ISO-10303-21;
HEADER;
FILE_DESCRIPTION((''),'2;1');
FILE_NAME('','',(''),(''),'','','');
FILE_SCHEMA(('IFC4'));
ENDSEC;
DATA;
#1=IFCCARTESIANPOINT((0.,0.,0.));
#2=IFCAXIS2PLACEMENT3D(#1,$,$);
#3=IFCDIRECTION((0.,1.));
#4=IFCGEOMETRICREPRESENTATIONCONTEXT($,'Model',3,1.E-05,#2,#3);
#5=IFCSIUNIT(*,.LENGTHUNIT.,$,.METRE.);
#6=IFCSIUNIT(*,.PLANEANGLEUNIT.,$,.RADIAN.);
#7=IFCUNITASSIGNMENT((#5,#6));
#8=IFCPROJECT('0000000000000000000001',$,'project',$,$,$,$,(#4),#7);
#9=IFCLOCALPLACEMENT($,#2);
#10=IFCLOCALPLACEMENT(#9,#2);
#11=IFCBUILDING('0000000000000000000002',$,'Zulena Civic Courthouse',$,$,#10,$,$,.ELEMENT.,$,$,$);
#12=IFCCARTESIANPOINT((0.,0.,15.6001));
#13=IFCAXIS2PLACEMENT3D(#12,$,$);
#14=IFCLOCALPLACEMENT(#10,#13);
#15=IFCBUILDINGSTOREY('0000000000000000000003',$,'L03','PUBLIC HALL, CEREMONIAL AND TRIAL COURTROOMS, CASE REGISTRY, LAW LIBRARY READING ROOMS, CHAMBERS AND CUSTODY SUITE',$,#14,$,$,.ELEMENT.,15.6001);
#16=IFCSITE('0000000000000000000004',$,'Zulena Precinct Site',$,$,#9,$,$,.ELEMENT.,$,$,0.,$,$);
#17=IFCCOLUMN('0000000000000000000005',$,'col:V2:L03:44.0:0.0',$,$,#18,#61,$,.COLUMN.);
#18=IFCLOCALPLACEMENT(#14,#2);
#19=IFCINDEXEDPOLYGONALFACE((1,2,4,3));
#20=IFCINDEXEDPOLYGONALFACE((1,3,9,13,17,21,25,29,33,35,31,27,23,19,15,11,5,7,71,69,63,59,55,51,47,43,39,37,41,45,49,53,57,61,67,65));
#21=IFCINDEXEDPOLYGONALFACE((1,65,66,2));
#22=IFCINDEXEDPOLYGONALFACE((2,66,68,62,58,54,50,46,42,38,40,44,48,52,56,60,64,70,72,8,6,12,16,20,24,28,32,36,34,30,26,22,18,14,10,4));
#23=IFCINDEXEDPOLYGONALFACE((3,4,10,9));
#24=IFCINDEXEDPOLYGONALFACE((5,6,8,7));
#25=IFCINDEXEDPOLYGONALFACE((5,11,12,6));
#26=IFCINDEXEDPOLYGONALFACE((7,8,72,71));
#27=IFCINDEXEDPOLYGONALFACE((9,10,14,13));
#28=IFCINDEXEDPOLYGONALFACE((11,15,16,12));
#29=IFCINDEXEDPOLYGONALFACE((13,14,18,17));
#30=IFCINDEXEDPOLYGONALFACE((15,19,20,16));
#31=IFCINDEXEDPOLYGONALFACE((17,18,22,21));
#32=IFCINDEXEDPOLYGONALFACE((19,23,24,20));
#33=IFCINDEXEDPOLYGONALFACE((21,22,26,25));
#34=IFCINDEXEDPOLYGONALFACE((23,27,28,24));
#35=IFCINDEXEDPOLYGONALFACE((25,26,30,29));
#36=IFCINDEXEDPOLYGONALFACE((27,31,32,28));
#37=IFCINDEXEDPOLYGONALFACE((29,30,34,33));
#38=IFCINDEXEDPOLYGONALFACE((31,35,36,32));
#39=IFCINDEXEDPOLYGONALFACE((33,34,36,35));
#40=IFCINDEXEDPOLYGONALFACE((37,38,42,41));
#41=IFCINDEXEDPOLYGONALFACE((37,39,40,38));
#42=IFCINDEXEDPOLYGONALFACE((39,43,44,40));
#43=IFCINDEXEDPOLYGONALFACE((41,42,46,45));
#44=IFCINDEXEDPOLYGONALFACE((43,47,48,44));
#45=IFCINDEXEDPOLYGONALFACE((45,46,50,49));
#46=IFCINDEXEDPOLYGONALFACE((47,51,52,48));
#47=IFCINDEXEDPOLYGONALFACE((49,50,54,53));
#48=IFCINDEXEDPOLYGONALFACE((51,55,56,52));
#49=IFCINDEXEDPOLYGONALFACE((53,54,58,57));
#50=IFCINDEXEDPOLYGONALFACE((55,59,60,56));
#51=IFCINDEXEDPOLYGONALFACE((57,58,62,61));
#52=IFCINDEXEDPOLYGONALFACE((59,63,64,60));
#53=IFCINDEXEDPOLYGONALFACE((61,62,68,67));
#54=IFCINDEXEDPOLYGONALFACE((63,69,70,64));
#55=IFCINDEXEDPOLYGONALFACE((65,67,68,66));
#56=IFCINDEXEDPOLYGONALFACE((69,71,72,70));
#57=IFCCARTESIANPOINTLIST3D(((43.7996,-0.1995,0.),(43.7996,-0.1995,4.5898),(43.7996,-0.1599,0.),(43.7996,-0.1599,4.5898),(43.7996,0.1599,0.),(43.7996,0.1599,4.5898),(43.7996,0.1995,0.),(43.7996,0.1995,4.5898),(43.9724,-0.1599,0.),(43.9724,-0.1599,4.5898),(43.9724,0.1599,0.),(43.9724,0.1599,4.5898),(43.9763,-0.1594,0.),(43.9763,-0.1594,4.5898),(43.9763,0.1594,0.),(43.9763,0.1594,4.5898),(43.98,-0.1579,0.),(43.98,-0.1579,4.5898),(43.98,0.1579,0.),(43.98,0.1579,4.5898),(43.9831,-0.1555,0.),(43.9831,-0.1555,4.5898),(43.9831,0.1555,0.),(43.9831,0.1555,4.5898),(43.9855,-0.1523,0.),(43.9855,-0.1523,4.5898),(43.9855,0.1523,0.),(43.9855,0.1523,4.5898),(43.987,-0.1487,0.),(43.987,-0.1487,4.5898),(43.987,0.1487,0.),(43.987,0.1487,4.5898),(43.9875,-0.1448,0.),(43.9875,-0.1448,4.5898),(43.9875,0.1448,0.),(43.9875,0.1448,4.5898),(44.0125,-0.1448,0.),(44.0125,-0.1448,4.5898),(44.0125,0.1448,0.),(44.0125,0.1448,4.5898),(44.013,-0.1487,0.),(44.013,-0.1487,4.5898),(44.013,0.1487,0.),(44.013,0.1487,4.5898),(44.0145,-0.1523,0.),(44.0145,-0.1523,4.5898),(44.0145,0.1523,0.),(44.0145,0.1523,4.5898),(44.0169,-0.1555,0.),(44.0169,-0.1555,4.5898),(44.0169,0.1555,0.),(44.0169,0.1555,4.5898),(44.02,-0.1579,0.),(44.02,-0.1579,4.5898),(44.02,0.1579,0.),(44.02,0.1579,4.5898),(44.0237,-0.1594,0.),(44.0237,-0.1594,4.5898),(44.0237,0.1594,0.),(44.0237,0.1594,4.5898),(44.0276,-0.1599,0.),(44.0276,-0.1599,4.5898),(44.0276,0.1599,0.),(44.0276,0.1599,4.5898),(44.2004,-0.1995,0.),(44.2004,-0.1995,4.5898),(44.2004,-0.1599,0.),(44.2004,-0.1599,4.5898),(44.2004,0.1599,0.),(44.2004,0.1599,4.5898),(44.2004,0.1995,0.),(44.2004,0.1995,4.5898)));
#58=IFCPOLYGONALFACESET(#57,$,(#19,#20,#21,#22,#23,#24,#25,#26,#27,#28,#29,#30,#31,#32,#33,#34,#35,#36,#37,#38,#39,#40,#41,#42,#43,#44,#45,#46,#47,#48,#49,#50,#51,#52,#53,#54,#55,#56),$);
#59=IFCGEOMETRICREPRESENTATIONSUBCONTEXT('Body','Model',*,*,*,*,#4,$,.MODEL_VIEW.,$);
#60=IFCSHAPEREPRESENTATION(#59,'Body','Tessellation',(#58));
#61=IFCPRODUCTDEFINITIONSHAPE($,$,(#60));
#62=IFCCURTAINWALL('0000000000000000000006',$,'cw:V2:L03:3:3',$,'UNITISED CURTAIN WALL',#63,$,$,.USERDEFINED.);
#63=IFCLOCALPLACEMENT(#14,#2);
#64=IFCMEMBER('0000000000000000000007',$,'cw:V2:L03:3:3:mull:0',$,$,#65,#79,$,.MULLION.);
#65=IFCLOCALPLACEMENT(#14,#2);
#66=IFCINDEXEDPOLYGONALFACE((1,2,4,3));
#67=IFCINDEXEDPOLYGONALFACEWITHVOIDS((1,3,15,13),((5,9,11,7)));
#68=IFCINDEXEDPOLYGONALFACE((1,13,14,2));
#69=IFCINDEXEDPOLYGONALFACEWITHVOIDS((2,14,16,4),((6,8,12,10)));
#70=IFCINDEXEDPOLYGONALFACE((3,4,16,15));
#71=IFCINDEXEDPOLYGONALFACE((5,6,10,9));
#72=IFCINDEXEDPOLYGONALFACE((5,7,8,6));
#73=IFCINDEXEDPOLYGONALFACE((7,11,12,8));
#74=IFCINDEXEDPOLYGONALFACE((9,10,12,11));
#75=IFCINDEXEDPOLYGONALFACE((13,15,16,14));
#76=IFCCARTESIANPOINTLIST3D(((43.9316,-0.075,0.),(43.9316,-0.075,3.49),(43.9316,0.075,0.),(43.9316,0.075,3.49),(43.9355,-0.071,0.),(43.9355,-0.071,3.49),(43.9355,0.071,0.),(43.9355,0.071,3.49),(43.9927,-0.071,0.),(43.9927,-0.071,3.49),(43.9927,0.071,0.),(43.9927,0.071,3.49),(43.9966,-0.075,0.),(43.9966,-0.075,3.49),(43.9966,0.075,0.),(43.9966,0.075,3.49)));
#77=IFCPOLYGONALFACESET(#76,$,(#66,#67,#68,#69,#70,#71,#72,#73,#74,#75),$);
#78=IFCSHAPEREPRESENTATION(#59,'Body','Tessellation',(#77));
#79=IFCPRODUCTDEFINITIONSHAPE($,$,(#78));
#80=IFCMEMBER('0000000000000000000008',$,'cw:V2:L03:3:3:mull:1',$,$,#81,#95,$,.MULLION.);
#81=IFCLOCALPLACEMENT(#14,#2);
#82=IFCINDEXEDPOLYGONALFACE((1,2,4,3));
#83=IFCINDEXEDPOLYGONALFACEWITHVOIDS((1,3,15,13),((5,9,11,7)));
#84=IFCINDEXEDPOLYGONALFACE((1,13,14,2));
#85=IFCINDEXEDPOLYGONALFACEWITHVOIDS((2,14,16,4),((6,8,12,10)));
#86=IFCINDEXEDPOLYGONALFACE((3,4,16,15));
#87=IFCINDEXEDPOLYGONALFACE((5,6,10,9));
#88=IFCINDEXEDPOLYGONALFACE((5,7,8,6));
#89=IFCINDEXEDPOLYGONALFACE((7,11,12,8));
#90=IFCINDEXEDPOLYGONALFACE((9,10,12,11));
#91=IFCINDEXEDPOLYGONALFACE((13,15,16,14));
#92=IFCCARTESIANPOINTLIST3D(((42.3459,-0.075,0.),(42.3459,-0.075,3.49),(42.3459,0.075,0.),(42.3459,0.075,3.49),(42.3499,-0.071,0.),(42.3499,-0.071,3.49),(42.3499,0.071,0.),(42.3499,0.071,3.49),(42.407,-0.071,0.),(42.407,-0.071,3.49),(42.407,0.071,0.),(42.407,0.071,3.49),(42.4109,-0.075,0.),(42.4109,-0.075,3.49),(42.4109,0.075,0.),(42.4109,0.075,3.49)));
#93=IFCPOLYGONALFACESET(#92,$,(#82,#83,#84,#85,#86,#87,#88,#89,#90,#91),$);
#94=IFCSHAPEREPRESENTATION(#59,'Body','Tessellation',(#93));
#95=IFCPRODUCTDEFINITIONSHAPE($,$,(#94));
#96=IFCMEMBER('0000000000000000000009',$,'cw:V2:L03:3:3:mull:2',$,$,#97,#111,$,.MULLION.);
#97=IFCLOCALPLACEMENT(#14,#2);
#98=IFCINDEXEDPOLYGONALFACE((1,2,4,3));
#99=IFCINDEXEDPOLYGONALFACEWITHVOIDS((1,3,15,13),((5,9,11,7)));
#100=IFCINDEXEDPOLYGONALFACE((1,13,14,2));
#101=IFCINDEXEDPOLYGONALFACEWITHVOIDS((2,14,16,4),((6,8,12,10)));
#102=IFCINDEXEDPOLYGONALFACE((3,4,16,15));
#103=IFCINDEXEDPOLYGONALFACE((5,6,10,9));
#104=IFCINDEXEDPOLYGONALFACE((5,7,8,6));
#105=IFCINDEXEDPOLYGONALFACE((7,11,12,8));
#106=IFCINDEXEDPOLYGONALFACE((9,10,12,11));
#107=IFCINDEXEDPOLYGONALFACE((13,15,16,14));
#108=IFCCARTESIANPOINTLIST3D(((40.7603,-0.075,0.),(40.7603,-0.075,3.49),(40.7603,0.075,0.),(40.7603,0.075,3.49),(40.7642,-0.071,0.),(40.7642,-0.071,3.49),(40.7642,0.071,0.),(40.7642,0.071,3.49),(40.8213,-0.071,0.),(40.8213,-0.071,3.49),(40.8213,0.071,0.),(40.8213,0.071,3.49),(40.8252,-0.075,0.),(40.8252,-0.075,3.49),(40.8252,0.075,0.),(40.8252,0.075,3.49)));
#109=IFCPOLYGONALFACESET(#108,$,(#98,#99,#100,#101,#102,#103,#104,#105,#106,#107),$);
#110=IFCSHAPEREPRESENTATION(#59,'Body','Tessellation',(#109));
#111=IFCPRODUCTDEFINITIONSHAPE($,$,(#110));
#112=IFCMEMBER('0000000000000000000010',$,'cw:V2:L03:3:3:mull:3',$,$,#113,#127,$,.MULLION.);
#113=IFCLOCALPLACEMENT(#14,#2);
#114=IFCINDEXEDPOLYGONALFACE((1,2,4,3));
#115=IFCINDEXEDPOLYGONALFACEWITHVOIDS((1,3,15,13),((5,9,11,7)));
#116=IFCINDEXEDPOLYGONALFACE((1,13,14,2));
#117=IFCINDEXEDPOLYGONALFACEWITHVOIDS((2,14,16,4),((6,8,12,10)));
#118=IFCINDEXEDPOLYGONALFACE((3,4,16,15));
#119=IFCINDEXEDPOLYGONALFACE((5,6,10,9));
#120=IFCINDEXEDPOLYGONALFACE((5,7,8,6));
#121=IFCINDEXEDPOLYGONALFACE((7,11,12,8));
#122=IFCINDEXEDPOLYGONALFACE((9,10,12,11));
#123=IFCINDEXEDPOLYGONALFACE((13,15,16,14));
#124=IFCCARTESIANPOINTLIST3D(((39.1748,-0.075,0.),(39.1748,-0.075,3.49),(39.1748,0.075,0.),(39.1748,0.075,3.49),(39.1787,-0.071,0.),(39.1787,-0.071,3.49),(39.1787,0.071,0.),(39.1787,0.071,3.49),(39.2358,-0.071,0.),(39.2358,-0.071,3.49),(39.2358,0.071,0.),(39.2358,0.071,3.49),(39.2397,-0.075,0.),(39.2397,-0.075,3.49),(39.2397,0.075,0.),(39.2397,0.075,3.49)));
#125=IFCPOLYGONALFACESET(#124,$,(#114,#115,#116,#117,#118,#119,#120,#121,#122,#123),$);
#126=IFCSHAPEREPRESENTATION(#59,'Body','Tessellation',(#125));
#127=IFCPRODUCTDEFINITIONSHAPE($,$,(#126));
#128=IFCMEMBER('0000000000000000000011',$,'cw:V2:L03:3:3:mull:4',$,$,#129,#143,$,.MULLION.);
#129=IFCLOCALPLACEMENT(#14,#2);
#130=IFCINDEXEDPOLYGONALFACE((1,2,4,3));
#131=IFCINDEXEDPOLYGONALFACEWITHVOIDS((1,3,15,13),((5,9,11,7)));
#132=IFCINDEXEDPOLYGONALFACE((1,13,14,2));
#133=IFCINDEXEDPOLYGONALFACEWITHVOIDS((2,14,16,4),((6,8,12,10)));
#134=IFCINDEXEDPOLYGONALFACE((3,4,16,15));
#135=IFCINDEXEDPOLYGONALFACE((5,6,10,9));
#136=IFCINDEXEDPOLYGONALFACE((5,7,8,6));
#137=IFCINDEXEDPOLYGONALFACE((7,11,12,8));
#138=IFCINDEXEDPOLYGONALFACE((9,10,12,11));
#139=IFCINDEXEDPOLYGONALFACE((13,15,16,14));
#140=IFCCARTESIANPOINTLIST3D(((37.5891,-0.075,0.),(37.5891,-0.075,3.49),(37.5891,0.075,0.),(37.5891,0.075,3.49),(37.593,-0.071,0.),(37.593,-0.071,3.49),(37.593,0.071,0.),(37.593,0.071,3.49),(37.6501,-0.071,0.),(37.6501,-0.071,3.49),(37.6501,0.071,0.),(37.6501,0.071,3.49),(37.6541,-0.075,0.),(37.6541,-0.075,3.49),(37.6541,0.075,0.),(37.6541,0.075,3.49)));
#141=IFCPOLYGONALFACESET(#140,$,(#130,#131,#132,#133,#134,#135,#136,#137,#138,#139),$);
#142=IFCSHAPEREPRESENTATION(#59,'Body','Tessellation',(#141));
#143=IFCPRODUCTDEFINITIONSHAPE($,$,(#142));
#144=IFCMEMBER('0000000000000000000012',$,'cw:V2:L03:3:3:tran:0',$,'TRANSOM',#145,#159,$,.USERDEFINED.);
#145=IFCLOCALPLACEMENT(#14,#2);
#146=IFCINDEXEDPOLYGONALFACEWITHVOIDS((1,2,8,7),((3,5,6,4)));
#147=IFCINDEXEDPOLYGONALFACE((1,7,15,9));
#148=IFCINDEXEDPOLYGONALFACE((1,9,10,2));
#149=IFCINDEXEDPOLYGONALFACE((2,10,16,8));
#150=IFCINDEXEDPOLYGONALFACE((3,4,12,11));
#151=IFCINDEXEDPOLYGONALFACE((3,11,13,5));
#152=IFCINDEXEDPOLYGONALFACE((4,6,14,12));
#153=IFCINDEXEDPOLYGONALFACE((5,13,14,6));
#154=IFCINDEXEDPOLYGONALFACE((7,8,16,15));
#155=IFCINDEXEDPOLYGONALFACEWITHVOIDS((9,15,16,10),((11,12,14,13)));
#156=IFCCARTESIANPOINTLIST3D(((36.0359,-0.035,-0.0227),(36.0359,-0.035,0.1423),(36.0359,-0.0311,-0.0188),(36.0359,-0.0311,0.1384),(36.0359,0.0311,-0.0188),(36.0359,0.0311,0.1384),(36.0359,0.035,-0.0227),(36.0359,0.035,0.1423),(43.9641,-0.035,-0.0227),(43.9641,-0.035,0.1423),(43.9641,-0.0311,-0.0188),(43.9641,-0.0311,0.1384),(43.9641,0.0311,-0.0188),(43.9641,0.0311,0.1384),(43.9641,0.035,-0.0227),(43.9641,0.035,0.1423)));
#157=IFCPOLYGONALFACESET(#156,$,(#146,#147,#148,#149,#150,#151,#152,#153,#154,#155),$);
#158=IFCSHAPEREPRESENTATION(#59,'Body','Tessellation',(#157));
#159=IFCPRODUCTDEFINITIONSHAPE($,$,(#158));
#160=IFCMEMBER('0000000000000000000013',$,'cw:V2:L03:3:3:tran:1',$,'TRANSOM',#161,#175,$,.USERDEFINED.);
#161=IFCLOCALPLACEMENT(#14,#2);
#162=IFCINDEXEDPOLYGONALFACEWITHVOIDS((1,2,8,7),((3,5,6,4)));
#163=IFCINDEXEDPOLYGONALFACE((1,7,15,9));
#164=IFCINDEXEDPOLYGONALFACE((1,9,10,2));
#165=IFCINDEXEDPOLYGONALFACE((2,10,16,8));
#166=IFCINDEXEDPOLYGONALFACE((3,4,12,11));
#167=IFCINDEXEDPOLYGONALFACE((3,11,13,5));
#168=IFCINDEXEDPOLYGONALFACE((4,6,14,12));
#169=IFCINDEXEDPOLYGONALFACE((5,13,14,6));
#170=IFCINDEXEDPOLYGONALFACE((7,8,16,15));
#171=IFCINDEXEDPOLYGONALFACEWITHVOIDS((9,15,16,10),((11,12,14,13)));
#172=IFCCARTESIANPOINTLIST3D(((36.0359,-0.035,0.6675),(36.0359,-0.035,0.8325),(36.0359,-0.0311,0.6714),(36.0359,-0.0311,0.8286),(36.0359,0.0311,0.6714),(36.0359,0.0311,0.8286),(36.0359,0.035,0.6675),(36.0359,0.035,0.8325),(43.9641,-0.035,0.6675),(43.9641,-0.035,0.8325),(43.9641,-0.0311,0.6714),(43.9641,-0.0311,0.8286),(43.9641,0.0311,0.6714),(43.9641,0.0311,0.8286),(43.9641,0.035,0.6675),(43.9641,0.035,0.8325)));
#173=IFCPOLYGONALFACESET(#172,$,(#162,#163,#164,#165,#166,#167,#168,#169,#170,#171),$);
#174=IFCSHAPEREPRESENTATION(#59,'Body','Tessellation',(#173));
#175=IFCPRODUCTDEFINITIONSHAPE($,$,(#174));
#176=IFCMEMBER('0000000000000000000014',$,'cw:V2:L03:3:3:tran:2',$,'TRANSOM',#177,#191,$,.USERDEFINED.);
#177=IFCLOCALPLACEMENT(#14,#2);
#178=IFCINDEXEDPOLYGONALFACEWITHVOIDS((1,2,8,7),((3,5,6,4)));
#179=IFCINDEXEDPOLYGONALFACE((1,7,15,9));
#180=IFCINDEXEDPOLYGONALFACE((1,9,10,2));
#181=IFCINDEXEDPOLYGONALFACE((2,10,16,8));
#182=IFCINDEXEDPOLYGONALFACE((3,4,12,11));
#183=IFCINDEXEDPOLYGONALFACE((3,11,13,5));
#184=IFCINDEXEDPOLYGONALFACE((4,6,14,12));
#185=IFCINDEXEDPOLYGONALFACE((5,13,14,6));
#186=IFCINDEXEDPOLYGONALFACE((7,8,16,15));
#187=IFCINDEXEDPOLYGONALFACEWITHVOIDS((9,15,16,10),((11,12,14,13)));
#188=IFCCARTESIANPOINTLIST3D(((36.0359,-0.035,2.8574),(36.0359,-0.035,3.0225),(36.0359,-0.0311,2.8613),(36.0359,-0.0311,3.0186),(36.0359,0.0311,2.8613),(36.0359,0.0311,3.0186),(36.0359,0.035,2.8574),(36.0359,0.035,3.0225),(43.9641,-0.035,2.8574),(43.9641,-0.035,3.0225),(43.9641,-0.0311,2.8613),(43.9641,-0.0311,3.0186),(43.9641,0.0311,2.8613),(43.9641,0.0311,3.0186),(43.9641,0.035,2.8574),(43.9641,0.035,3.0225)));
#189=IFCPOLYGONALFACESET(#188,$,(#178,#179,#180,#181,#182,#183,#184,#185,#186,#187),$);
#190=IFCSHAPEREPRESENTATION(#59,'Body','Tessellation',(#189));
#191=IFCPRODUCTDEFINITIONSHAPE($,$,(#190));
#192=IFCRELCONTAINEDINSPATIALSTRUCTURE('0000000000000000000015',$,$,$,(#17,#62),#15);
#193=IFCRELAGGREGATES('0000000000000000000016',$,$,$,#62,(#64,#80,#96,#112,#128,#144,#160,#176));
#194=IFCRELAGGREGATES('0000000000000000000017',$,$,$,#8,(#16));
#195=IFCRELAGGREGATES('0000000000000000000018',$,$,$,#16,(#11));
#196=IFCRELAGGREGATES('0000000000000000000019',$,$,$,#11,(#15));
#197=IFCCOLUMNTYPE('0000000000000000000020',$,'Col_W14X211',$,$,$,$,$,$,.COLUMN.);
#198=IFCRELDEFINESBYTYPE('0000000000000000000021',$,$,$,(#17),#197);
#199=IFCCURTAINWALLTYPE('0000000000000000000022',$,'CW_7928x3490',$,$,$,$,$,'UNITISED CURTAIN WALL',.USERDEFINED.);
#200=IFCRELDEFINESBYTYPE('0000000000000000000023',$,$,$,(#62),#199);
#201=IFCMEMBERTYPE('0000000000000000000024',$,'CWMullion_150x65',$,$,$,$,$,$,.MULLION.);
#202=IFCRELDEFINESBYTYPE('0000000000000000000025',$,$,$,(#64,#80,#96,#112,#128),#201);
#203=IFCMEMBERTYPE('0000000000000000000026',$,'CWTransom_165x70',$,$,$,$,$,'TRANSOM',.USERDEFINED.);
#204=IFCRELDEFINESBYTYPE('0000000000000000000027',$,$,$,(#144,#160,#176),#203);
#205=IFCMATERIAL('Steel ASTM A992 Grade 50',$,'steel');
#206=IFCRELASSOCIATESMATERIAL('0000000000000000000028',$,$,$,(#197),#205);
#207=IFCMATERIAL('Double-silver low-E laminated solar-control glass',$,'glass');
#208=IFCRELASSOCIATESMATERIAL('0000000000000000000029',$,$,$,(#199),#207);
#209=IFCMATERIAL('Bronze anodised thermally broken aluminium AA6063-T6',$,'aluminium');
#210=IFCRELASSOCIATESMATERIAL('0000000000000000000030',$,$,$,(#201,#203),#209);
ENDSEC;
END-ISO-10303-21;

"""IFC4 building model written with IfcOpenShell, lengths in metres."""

from ifc_helpers import new_model, si_unit, direction, frame, origin, origin_2d, place, context, subcontext, project, spatial, hollow_rectangle, i_section, extrude, material, material_profile, profile_set, type_object, element, aggregate, save


model = new_model("IFC4")

# Units and contexts
model_context = context("Model", 3, precision=1e-05, world=origin(), true_north=direction((0.0, 1.0)))
body_context = subcontext(model_context, "Body", "Model", "MODEL_VIEW")
ifc_project = project(units=[si_unit("LENGTHUNIT", "METRE"), si_unit("PLANEANGLEUNIT", "RADIAN")], contexts=[model_context])

# Site, building, storey
site_placement = place(None, origin())
site = spatial("IfcSite", under=ifc_project, at=site_placement, Name="Zulena Precinct Site", CompositionType="ELEMENT", RefElevation=0.0)
building_placement = place(site_placement, origin())
building = spatial("IfcBuilding", under=site, at=building_placement, Name="Zulena Civic Courthouse", CompositionType="ELEMENT")
storey_placement = place(building_placement, frame((0.0, 0.0, 15.6001)))
storey = spatial("IfcBuildingStorey", under=building, at=storey_placement, Name="L03", Description="PUBLIC HALL, CEREMONIAL AND TRIAL COURTROOMS, CASE REGISTRY, LAW LIBRARY READING ROOMS, CHAMBERS AND CUSTODY SUITE", CompositionType="ELEMENT", Elevation=15.6001)

# Column
ifc_material_1 = material(Name="Steel ASTM A992 Grade 50", Category="steel")
ifc_material_profile_1 = material_profile(ifc_material_1, i_section(OverallWidth=0.4009, OverallDepth=0.3989, WebThickness=0.0249, FlangeThickness=0.0396, FilletRadius=0.0151, at=origin_2d()), Name="W14X211")
ifc_profile_set_1 = profile_set([ifc_material_profile_1], Name="Steel ASTM A992 Grade 50")
column_type = type_object("IfcColumnType", Name="Col_W14X211", PredefinedType="COLUMN", material=ifc_profile_set_1)
column_placement = place(storey_placement, frame((44.0, 0.0, 0.0), z_axis=(0.0, 0.0, 1.0), x_axis=(1.0, 0.0, 0.0)))
element("IfcColumn", 1, at=column_placement, inside=storey, type_object=column_type, Name="col:V2:L03:44.0:0.0", PredefinedType="COLUMN", context=body_context, shape_type="SweptSolid", body=[
    extrude(i_section(OverallWidth=0.4009, OverallDepth=0.3989, WebThickness=0.0249, FlangeThickness=0.0396, FilletRadius=0.0151, at=origin_2d()), origin(), (0.0, 0.0, 1.0), 4.5898),
])

# Curtain wall, members
ifc_material_2 = material(Name="Double-silver low-E laminated solar-control glass", Category="glass")
curtain_wall_type = type_object("IfcCurtainWallType", Name="CW_7928x3490", ElementType="UNITISED CURTAIN WALL", PredefinedType="USERDEFINED", material=ifc_material_2)
curtain_wall_placement = place(storey_placement, origin())
curtain_wall = element("IfcCurtainWall", 2, at=curtain_wall_placement, inside=storey, type_object=curtain_wall_type, Name="cw:V2:L03:3:3", ObjectType="UNITISED CURTAIN WALL", PredefinedType="USERDEFINED")
ifc_material_3 = material(Name="Bronze anodised thermally broken aluminium AA6063-T6", Category="aluminium")
ifc_material_profile_2 = material_profile(ifc_material_3, hollow_rectangle(XDim=0.0649, YDim=0.1499, WallThickness=0.0039, at=origin_2d()), Name="CWM150X65X4")
ifc_profile_set_2 = profile_set([ifc_material_profile_2], Name="Bronze anodised thermally broken aluminium AA6063-T6")
member_type_1 = type_object("IfcMemberType", Name="CWMullion_150x65", PredefinedType="MULLION", material=ifc_profile_set_2)
member_1_placement = place(storey_placement, frame((43.9641, 0.0, 0.0), z_axis=(0.0, 0.0, 1.0), x_axis=(1.0, 0.0, 0.0)))
member_1 = element("IfcMember", 3, at=member_1_placement, type_object=member_type_1, Name="cw:V2:L03:3:3:mull:0", PredefinedType="MULLION", context=body_context, shape_type="SweptSolid", body=[
    extrude(hollow_rectangle(XDim=0.0649, YDim=0.1499, WallThickness=0.0039, at=origin_2d()), origin(), (0.0, 0.0, 1.0), 3.49),
])
member_2_placement = place(storey_placement, frame((42.3784, 0.0, 0.0), z_axis=(0.0, 0.0, 1.0), x_axis=(1.0, 0.0, 0.0)))
member_2 = element("IfcMember", 4, at=member_2_placement, type_object=member_type_1, Name="cw:V2:L03:3:3:mull:1", PredefinedType="MULLION", context=body_context, shape_type="SweptSolid", body=[
    extrude(hollow_rectangle(XDim=0.0649, YDim=0.1499, WallThickness=0.0039, at=origin_2d()), origin(), (0.0, 0.0, 1.0), 3.49),
])
member_3_placement = place(storey_placement, frame((40.7927, 0.0, 0.0), z_axis=(0.0, 0.0, 1.0), x_axis=(1.0, 0.0, 0.0)))
member_3 = element("IfcMember", 5, at=member_3_placement, type_object=member_type_1, Name="cw:V2:L03:3:3:mull:2", PredefinedType="MULLION", context=body_context, shape_type="SweptSolid", body=[
    extrude(hollow_rectangle(XDim=0.0649, YDim=0.1499, WallThickness=0.0039, at=origin_2d()), origin(), (0.0, 0.0, 1.0), 3.49),
])
member_4_placement = place(storey_placement, frame((39.2073, 0.0, 0.0), z_axis=(0.0, 0.0, 1.0), x_axis=(1.0, 0.0, 0.0)))
member_4 = element("IfcMember", 6, at=member_4_placement, type_object=member_type_1, Name="cw:V2:L03:3:3:mull:3", PredefinedType="MULLION", context=body_context, shape_type="SweptSolid", body=[
    extrude(hollow_rectangle(XDim=0.0649, YDim=0.1499, WallThickness=0.0039, at=origin_2d()), origin(), (0.0, 0.0, 1.0), 3.49),
])
member_5_placement = place(storey_placement, frame((37.6216, 0.0, 0.0), z_axis=(0.0, 0.0, 1.0), x_axis=(1.0, 0.0, 0.0)))
member_5 = element("IfcMember", 7, at=member_5_placement, type_object=member_type_1, Name="cw:V2:L03:3:3:mull:4", PredefinedType="MULLION", context=body_context, shape_type="SweptSolid", body=[
    extrude(hollow_rectangle(XDim=0.0649, YDim=0.1499, WallThickness=0.0039, at=origin_2d()), origin(), (0.0, 0.0, 1.0), 3.49),
])
ifc_material_profile_3 = material_profile(ifc_material_3, hollow_rectangle(XDim=0.0701, YDim=0.165, WallThickness=0.0039, at=origin_2d()), Name="CWT165X70X4")
ifc_profile_set_3 = profile_set([ifc_material_profile_3], Name="Bronze anodised thermally broken aluminium AA6063-T6")
member_type_2 = type_object("IfcMemberType", Name="CWTransom_165x70", ElementType="TRANSOM", PredefinedType="USERDEFINED", material=ifc_profile_set_3)
member_6_placement = place(storey_placement, frame((43.9641, 0.0, 0.0598), z_axis=(-1.0, 0.0, 0.0), x_axis=(0.0, -1.0, 0.0)))
member_6 = element("IfcMember", 8, at=member_6_placement, type_object=member_type_2, Name="cw:V2:L03:3:3:tran:0", ObjectType="TRANSOM", PredefinedType="USERDEFINED", context=body_context, shape_type="SweptSolid", body=[
    extrude(hollow_rectangle(XDim=0.0701, YDim=0.165, WallThickness=0.0039, at=origin_2d()), origin(), (0.0, 0.0, 1.0), 7.9282),
])
member_7_placement = place(storey_placement, frame((43.9641, 0.0, 0.75), z_axis=(-1.0, 0.0, 0.0), x_axis=(0.0, -1.0, 0.0)))
member_7 = element("IfcMember", 9, at=member_7_placement, type_object=member_type_2, Name="cw:V2:L03:3:3:tran:1", ObjectType="TRANSOM", PredefinedType="USERDEFINED", context=body_context, shape_type="SweptSolid", body=[
    extrude(hollow_rectangle(XDim=0.0701, YDim=0.165, WallThickness=0.0039, at=origin_2d()), origin(), (0.0, 0.0, 1.0), 7.9282),
])
member_8_placement = place(storey_placement, frame((43.9641, 0.0, 2.9399), z_axis=(-1.0, 0.0, 0.0), x_axis=(0.0, -1.0, 0.0)))
member_8 = element("IfcMember", 10, at=member_8_placement, type_object=member_type_2, Name="cw:V2:L03:3:3:tran:2", ObjectType="TRANSOM", PredefinedType="USERDEFINED", context=body_context, shape_type="SweptSolid", body=[
    extrude(hollow_rectangle(XDim=0.0701, YDim=0.165, WallThickness=0.0039, at=origin_2d()), origin(), (0.0, 0.0, 1.0), 7.9282),
])

aggregate(curtain_wall, [member_1, member_2, member_3, member_4, member_5, member_6, member_7, member_8])

save(model, "model.ifc")
